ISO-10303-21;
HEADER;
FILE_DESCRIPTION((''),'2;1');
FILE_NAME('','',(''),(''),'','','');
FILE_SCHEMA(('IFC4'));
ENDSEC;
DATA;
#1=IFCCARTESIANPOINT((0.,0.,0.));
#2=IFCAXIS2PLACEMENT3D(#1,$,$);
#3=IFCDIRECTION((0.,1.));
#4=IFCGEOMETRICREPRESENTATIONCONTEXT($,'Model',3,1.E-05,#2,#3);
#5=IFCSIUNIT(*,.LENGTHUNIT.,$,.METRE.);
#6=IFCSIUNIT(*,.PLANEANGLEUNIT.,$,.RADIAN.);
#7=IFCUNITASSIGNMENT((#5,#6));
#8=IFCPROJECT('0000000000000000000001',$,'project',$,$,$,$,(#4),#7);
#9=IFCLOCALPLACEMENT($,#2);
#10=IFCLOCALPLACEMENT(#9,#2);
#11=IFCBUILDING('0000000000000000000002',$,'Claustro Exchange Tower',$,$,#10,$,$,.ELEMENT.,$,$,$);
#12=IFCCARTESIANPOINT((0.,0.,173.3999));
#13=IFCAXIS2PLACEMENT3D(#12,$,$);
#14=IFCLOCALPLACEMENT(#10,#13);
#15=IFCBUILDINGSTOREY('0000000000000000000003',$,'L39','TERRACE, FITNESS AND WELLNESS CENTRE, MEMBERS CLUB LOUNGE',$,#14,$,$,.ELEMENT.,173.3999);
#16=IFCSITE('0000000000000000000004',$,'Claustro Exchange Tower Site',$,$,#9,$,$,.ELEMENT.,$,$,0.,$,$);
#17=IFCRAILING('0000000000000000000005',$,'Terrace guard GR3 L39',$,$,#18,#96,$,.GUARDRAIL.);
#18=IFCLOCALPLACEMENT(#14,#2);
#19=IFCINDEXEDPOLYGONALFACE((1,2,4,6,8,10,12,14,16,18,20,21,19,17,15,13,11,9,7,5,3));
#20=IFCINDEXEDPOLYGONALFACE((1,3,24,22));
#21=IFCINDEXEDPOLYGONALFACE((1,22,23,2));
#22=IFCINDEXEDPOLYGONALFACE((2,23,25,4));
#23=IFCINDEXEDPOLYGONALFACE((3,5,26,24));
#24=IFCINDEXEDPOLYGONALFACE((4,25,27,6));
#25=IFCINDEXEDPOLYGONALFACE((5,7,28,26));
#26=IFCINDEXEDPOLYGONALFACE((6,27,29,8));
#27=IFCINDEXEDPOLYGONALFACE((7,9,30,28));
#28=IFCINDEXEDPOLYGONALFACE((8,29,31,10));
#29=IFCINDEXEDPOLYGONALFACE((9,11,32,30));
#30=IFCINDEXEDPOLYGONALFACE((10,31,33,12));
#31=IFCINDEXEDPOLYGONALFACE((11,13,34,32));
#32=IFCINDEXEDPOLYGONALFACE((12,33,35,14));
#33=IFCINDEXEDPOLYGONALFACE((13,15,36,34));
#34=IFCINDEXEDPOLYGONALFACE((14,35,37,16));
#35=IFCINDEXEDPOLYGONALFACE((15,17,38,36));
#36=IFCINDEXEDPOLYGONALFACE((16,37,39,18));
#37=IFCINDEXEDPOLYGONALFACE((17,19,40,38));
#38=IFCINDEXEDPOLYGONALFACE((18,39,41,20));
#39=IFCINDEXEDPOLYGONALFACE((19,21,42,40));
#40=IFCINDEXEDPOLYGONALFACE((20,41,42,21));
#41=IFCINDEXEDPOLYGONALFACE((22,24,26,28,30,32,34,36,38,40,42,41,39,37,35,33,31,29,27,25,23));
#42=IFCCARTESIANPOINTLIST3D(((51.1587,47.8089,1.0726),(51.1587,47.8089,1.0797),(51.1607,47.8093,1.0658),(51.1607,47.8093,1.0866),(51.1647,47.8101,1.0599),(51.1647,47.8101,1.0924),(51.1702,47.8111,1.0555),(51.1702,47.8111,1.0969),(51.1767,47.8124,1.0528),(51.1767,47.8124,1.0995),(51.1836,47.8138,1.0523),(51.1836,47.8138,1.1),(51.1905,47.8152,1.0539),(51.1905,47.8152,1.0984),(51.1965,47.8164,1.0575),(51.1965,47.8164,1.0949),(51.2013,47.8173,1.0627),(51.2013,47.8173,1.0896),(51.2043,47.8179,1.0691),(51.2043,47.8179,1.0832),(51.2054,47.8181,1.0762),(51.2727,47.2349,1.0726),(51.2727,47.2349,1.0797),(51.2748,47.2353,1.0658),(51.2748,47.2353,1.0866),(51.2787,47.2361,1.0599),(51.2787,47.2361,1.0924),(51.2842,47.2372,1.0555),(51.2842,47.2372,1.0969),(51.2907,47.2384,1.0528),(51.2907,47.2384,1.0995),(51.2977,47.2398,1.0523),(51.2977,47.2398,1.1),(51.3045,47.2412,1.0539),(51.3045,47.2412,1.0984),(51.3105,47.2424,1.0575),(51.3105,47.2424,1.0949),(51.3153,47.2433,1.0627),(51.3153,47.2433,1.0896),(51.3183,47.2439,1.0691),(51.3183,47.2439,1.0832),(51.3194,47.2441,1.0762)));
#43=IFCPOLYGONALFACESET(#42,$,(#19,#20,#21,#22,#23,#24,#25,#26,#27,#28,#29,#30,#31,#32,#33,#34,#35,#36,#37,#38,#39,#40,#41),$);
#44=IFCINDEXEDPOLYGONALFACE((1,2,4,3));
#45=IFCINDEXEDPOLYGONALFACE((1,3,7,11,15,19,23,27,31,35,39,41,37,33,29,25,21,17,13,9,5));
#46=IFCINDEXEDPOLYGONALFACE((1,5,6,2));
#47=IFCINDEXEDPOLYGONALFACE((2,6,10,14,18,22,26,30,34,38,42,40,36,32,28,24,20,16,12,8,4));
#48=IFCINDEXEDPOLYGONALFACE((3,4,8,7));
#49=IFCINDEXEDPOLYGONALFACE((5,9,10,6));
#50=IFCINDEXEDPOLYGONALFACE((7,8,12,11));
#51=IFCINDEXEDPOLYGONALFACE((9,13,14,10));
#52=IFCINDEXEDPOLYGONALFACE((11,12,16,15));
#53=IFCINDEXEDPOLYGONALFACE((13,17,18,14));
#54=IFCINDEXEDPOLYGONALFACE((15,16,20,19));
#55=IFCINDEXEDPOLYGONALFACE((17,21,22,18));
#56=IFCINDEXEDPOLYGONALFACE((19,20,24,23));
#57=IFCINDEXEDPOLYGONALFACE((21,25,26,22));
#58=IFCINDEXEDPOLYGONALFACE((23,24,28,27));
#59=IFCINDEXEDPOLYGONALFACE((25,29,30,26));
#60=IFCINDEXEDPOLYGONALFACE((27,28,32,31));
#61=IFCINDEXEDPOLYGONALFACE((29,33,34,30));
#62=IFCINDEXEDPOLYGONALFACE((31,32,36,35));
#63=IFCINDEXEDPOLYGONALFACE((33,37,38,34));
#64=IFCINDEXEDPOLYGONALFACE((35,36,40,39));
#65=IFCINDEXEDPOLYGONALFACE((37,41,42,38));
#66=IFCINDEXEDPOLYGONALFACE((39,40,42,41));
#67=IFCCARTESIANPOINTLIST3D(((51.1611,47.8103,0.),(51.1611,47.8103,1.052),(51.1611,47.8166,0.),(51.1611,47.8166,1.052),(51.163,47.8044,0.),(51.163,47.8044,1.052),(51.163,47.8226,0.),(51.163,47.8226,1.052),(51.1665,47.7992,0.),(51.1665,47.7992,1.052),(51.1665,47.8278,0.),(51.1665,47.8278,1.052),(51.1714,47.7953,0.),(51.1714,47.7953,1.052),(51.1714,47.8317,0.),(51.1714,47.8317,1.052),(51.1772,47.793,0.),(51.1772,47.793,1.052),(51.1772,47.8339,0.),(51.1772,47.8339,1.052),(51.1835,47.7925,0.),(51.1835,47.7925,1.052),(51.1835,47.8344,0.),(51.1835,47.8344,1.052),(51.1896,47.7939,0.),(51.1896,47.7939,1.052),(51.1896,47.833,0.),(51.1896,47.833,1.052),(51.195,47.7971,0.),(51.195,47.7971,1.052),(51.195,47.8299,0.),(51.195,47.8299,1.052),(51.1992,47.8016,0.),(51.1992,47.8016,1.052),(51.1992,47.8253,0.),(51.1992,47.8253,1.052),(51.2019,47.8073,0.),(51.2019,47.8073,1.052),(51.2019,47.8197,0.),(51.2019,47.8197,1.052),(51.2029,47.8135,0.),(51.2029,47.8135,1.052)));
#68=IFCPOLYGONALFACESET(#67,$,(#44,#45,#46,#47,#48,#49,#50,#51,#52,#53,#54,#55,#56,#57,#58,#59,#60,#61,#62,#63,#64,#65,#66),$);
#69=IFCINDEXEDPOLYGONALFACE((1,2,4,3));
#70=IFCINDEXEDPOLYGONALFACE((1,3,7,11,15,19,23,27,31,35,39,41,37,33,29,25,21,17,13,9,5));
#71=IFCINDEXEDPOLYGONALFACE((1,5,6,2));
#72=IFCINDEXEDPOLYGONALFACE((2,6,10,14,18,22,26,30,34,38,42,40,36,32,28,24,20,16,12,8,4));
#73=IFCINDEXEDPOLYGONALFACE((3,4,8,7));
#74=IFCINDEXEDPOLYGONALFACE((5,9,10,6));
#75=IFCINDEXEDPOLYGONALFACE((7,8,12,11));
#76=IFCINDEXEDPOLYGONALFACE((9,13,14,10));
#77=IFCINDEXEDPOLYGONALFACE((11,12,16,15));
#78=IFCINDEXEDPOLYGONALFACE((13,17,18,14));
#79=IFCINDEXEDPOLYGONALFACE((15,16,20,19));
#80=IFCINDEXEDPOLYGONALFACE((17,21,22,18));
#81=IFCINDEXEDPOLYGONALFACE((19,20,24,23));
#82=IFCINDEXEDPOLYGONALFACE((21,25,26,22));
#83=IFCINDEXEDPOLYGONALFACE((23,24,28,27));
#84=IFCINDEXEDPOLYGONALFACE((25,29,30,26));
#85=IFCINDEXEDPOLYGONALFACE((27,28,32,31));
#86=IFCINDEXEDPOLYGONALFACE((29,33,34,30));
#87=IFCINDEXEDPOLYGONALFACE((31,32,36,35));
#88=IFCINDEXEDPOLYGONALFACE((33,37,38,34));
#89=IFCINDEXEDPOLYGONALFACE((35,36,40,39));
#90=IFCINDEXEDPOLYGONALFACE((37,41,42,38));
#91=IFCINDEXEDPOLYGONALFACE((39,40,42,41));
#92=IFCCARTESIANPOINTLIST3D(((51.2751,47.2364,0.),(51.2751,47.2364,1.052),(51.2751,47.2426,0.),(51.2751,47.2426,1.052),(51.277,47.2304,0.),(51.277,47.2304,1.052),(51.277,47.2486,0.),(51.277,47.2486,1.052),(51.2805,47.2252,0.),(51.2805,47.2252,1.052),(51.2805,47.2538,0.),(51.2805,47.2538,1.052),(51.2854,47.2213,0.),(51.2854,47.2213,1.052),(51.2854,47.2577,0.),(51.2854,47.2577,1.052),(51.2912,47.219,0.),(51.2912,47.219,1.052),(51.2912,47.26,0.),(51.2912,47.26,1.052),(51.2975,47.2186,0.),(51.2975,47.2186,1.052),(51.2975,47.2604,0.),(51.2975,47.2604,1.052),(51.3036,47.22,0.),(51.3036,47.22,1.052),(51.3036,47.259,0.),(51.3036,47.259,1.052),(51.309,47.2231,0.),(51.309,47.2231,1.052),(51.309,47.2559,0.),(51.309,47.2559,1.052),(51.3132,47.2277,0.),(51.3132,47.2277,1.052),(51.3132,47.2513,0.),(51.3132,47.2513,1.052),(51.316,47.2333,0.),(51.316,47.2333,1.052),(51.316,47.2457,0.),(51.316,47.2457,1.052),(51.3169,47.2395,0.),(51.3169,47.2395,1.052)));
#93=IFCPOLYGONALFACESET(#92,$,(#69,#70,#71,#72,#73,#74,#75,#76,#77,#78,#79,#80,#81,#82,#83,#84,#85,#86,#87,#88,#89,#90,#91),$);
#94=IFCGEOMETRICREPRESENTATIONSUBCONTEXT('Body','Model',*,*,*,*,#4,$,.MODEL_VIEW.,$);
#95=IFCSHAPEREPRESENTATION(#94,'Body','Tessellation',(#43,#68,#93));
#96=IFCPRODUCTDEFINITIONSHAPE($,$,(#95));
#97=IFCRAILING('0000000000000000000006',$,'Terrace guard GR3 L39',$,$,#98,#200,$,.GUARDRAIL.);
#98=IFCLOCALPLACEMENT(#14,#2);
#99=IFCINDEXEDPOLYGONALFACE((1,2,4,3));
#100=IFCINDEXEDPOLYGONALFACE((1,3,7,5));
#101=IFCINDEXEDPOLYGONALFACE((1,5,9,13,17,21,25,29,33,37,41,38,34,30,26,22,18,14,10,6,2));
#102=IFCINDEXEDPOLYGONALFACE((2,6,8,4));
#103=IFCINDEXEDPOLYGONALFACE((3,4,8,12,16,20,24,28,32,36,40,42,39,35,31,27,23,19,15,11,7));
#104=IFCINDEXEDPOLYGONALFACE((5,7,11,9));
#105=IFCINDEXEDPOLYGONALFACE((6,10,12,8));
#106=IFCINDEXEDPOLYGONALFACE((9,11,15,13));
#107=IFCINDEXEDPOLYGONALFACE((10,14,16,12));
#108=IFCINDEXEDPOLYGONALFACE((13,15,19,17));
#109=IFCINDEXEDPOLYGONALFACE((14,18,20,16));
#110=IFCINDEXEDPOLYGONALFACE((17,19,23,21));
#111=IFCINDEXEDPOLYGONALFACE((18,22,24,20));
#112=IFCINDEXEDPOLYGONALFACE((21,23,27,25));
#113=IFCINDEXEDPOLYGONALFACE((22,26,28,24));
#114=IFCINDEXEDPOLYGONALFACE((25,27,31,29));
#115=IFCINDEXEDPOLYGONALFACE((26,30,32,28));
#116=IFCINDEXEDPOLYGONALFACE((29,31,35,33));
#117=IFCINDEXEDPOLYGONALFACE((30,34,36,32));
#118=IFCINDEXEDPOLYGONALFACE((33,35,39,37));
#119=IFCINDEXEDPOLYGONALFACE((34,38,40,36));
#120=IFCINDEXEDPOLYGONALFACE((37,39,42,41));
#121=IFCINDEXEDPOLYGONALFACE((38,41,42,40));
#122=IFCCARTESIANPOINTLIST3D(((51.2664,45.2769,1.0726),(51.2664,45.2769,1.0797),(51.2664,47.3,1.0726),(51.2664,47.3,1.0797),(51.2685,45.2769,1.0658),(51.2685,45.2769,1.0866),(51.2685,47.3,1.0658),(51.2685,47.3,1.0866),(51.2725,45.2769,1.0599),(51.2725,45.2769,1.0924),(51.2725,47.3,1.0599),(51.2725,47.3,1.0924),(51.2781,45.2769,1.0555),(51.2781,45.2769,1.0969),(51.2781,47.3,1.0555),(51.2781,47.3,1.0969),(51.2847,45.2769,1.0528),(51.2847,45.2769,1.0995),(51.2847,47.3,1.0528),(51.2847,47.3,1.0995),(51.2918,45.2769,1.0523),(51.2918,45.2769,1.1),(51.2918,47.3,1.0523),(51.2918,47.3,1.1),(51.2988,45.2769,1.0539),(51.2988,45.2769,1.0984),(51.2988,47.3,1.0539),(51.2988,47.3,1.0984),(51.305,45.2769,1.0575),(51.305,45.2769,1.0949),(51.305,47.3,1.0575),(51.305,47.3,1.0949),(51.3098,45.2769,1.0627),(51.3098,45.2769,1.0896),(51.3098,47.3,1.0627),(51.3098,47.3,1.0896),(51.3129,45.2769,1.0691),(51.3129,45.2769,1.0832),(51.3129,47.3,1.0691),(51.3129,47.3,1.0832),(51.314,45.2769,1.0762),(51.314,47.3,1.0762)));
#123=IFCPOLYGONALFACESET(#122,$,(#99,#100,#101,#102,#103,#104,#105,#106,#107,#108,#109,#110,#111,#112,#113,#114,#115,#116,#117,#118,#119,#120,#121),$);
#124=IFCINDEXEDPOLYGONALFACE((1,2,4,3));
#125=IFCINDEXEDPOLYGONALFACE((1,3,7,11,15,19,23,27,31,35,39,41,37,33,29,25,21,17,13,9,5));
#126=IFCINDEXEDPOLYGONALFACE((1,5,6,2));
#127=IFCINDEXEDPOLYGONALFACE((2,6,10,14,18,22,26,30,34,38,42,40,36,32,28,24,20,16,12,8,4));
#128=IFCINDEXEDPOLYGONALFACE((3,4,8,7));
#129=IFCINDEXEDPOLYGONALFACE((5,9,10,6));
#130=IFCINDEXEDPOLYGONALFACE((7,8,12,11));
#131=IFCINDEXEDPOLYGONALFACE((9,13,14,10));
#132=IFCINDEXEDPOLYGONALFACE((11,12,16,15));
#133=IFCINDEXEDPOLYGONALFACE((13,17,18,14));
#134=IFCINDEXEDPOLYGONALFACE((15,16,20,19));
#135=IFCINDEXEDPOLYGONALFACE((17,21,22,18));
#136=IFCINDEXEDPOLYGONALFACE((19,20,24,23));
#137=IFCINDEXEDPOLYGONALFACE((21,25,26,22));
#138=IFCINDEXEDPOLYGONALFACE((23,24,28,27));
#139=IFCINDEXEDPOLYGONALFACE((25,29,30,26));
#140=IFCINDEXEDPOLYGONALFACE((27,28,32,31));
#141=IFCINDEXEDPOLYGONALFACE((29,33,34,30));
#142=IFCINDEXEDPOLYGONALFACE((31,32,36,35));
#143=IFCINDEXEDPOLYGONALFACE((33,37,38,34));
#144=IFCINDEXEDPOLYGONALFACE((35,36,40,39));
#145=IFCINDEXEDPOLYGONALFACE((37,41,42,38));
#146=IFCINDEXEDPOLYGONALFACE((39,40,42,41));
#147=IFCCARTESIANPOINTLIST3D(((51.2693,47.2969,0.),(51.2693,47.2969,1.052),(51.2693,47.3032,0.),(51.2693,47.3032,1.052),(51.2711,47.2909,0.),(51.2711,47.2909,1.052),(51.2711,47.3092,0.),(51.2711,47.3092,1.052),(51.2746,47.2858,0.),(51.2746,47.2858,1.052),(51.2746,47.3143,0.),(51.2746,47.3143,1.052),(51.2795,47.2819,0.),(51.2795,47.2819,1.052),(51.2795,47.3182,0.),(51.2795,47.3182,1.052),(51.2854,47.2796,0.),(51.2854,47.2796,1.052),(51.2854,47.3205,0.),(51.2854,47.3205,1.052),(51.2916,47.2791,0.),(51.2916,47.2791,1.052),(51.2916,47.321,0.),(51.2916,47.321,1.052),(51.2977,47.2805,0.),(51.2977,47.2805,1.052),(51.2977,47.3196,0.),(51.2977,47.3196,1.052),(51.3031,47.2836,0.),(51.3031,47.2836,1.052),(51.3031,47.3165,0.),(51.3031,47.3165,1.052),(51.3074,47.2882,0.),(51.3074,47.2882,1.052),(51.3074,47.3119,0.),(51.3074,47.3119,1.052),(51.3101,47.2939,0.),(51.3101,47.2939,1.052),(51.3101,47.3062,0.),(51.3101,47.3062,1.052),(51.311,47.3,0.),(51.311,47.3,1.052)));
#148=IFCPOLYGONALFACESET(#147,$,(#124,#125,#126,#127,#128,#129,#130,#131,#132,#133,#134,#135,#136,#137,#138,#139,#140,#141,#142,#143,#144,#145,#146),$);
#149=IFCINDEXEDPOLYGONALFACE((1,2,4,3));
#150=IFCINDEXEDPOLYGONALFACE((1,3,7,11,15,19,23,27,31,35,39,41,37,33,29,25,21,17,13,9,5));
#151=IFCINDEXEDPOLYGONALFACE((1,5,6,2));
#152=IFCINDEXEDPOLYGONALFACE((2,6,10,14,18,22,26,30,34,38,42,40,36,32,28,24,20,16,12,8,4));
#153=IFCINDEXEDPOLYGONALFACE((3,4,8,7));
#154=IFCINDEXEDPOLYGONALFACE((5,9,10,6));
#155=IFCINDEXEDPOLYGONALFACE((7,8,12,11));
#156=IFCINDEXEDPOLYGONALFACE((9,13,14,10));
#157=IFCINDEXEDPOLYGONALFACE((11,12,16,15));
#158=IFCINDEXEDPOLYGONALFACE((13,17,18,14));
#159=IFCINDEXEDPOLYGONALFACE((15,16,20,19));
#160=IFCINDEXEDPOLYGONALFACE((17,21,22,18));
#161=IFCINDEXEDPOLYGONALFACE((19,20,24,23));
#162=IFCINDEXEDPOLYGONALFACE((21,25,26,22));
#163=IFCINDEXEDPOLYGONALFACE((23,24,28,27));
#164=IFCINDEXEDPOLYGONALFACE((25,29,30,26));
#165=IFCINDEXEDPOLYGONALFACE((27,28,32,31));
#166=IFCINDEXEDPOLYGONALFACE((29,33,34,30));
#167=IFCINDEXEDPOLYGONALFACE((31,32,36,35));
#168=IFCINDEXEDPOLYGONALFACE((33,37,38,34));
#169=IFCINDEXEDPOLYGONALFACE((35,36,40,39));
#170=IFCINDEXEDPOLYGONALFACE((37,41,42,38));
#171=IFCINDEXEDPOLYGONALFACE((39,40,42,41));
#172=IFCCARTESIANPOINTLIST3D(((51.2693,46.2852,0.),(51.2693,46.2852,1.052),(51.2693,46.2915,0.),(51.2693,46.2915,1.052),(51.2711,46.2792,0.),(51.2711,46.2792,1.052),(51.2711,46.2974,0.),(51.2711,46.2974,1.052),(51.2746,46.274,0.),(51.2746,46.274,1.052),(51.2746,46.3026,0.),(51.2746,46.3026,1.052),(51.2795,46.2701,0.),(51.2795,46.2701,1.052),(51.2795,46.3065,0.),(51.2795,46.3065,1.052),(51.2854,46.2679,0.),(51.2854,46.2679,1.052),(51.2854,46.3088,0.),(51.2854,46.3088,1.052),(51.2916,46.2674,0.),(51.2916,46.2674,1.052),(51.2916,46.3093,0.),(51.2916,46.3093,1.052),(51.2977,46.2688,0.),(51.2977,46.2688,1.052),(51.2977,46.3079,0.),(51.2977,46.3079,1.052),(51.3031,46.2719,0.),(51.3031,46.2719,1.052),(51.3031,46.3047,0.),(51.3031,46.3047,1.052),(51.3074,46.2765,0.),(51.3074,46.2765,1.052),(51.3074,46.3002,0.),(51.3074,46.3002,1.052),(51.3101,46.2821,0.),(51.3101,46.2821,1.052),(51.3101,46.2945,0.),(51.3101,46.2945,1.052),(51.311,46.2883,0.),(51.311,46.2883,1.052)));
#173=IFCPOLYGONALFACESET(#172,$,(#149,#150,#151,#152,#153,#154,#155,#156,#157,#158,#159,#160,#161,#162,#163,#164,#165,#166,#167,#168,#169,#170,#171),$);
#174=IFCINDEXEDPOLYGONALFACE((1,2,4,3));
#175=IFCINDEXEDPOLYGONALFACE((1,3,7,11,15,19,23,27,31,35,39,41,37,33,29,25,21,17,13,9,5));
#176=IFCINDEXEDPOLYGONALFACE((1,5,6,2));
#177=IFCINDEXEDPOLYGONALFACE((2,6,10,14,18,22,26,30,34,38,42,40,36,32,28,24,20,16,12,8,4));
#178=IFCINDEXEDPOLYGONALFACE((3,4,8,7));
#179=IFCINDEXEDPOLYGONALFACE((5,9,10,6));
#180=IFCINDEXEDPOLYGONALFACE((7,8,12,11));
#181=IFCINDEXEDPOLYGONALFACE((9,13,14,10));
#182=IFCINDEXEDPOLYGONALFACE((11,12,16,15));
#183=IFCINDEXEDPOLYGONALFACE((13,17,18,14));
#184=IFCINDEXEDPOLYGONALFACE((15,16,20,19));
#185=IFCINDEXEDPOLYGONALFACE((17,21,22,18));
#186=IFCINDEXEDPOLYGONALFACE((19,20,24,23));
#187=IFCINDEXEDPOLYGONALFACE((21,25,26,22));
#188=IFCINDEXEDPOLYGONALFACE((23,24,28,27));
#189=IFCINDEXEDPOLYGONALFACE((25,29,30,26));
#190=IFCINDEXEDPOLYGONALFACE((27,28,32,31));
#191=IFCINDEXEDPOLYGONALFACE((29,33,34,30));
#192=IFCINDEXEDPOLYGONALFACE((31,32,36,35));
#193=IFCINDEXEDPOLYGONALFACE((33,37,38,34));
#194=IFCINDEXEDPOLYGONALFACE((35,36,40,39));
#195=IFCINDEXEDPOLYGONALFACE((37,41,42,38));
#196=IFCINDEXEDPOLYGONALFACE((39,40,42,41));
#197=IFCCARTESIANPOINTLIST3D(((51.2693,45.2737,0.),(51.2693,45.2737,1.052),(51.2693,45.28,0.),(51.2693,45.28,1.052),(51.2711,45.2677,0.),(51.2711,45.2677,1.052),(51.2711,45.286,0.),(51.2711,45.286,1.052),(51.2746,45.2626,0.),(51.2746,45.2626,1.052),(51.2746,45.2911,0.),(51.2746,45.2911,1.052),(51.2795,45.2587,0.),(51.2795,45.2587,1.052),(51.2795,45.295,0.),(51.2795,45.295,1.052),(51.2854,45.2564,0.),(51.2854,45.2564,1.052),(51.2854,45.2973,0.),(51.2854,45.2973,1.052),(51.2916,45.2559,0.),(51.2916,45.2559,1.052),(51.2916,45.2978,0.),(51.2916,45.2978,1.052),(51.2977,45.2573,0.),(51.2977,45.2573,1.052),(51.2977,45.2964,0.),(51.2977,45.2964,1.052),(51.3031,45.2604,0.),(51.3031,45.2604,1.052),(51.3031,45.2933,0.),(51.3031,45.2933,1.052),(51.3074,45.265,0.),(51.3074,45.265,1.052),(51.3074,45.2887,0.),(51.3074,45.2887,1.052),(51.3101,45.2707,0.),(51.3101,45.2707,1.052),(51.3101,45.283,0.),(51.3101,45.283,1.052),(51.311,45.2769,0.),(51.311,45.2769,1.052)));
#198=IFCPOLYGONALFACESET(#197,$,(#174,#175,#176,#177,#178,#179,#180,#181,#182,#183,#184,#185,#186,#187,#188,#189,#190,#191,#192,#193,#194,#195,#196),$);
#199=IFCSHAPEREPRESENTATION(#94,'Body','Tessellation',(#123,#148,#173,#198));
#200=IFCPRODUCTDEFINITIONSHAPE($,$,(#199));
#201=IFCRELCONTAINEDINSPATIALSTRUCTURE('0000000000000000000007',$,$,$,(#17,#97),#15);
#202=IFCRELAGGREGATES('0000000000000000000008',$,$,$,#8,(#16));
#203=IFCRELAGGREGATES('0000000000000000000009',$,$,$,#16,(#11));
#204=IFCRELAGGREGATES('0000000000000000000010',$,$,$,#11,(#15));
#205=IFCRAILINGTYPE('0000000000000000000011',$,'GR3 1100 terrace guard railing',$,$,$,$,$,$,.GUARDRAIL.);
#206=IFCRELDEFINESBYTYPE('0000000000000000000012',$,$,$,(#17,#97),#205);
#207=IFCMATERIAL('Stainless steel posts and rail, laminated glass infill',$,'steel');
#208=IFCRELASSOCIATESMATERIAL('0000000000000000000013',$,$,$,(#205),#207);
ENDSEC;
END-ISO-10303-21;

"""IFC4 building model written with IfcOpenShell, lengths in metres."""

from ifc_helpers import new_model, si_unit, direction, frame, origin, origin_2d, place, context, subcontext, project, spatial, circle, extrude, material, type_object, element, save


model = new_model("IFC4")

# Units and contexts
model_context = context("Model", 3, precision=1e-05, world=origin(), true_north=direction((0.0, 1.0)))
body_context = subcontext(model_context, "Body", "Model", "MODEL_VIEW")
ifc_project = project(units=[si_unit("LENGTHUNIT", "METRE"), si_unit("PLANEANGLEUNIT", "RADIAN")], contexts=[model_context])

# Site, building, storey
site_placement = place(None, origin())
site = spatial("IfcSite", under=ifc_project, at=site_placement, Name="Claustro Exchange Tower Site", CompositionType="ELEMENT", RefElevation=0.0)
building_placement = place(site_placement, origin())
building = spatial("IfcBuilding", under=site, at=building_placement, Name="Claustro Exchange Tower", CompositionType="ELEMENT")
storey_placement = place(building_placement, frame((0.0, 0.0, 173.3999)))
storey = spatial("IfcBuildingStorey", under=building, at=storey_placement, Name="L39", Description="TERRACE, FITNESS AND WELLNESS CENTRE, MEMBERS CLUB LOUNGE", CompositionType="ELEMENT", Elevation=173.3999)

# Railings
ifc_material_1 = material(Name="Stainless steel posts and rail, laminated glass infill", Category="steel")
railing_type = type_object("IfcRailingType", Name="GR3 1100 terrace guard railing", PredefinedType="GUARDRAIL", material=ifc_material_1)
railing_1_placement = place(storey_placement, frame((51.1819, 47.8135, 0.0)))
element("IfcRailing", 1, at=railing_1_placement, inside=storey, type_object=railing_type, Name="Terrace guard GR3 L39", PredefinedType="GUARDRAIL", context=body_context, shape_type="SweptSolid", body=[
    extrude(circle(Radius=0.0239, at=origin_2d()), frame((0.0, 0.0, 1.0762), z_axis=(0.194832, -0.980837, 0.0), x_axis=(0.980837, 0.194832, 0.0)), (0.0, 0.0, 1.0), 0.5852),
    extrude(circle(Radius=0.021, at=origin_2d()), origin(), (0.0, 0.0, 1.0), 1.052),
    extrude(circle(Radius=0.021, at=origin_2d()), frame((0.114, -0.574, 0.0)), (0.0, 0.0, 1.0), 1.052),
])
railing_2_placement = place(storey_placement, frame((51.29, 47.3, 0.0)))
element("IfcRailing", 2, at=railing_2_placement, inside=storey, type_object=railing_type, Name="Terrace guard GR3 L39", PredefinedType="GUARDRAIL", context=body_context, shape_type="SweptSolid", body=[
    extrude(circle(Radius=0.0239, at=origin_2d()), frame((0.0, 0.0, 1.0762), z_axis=(0.0, -1.0, 0.0), x_axis=(1.0, 0.0, 0.0)), (0.0, 0.0, 1.0), 2.0232),
    extrude(circle(Radius=0.021, at=origin_2d()), origin(), (0.0, 0.0, 1.0), 1.052),
    extrude(circle(Radius=0.021, at=origin_2d()), frame((0.0, -1.0117, 0.0)), (0.0, 0.0, 1.0), 1.052),
    extrude(circle(Radius=0.021, at=origin_2d()), frame((0.0, -2.0232, 0.0)), (0.0, 0.0, 1.0), 1.052),
])

save(model, "model.ifc")
